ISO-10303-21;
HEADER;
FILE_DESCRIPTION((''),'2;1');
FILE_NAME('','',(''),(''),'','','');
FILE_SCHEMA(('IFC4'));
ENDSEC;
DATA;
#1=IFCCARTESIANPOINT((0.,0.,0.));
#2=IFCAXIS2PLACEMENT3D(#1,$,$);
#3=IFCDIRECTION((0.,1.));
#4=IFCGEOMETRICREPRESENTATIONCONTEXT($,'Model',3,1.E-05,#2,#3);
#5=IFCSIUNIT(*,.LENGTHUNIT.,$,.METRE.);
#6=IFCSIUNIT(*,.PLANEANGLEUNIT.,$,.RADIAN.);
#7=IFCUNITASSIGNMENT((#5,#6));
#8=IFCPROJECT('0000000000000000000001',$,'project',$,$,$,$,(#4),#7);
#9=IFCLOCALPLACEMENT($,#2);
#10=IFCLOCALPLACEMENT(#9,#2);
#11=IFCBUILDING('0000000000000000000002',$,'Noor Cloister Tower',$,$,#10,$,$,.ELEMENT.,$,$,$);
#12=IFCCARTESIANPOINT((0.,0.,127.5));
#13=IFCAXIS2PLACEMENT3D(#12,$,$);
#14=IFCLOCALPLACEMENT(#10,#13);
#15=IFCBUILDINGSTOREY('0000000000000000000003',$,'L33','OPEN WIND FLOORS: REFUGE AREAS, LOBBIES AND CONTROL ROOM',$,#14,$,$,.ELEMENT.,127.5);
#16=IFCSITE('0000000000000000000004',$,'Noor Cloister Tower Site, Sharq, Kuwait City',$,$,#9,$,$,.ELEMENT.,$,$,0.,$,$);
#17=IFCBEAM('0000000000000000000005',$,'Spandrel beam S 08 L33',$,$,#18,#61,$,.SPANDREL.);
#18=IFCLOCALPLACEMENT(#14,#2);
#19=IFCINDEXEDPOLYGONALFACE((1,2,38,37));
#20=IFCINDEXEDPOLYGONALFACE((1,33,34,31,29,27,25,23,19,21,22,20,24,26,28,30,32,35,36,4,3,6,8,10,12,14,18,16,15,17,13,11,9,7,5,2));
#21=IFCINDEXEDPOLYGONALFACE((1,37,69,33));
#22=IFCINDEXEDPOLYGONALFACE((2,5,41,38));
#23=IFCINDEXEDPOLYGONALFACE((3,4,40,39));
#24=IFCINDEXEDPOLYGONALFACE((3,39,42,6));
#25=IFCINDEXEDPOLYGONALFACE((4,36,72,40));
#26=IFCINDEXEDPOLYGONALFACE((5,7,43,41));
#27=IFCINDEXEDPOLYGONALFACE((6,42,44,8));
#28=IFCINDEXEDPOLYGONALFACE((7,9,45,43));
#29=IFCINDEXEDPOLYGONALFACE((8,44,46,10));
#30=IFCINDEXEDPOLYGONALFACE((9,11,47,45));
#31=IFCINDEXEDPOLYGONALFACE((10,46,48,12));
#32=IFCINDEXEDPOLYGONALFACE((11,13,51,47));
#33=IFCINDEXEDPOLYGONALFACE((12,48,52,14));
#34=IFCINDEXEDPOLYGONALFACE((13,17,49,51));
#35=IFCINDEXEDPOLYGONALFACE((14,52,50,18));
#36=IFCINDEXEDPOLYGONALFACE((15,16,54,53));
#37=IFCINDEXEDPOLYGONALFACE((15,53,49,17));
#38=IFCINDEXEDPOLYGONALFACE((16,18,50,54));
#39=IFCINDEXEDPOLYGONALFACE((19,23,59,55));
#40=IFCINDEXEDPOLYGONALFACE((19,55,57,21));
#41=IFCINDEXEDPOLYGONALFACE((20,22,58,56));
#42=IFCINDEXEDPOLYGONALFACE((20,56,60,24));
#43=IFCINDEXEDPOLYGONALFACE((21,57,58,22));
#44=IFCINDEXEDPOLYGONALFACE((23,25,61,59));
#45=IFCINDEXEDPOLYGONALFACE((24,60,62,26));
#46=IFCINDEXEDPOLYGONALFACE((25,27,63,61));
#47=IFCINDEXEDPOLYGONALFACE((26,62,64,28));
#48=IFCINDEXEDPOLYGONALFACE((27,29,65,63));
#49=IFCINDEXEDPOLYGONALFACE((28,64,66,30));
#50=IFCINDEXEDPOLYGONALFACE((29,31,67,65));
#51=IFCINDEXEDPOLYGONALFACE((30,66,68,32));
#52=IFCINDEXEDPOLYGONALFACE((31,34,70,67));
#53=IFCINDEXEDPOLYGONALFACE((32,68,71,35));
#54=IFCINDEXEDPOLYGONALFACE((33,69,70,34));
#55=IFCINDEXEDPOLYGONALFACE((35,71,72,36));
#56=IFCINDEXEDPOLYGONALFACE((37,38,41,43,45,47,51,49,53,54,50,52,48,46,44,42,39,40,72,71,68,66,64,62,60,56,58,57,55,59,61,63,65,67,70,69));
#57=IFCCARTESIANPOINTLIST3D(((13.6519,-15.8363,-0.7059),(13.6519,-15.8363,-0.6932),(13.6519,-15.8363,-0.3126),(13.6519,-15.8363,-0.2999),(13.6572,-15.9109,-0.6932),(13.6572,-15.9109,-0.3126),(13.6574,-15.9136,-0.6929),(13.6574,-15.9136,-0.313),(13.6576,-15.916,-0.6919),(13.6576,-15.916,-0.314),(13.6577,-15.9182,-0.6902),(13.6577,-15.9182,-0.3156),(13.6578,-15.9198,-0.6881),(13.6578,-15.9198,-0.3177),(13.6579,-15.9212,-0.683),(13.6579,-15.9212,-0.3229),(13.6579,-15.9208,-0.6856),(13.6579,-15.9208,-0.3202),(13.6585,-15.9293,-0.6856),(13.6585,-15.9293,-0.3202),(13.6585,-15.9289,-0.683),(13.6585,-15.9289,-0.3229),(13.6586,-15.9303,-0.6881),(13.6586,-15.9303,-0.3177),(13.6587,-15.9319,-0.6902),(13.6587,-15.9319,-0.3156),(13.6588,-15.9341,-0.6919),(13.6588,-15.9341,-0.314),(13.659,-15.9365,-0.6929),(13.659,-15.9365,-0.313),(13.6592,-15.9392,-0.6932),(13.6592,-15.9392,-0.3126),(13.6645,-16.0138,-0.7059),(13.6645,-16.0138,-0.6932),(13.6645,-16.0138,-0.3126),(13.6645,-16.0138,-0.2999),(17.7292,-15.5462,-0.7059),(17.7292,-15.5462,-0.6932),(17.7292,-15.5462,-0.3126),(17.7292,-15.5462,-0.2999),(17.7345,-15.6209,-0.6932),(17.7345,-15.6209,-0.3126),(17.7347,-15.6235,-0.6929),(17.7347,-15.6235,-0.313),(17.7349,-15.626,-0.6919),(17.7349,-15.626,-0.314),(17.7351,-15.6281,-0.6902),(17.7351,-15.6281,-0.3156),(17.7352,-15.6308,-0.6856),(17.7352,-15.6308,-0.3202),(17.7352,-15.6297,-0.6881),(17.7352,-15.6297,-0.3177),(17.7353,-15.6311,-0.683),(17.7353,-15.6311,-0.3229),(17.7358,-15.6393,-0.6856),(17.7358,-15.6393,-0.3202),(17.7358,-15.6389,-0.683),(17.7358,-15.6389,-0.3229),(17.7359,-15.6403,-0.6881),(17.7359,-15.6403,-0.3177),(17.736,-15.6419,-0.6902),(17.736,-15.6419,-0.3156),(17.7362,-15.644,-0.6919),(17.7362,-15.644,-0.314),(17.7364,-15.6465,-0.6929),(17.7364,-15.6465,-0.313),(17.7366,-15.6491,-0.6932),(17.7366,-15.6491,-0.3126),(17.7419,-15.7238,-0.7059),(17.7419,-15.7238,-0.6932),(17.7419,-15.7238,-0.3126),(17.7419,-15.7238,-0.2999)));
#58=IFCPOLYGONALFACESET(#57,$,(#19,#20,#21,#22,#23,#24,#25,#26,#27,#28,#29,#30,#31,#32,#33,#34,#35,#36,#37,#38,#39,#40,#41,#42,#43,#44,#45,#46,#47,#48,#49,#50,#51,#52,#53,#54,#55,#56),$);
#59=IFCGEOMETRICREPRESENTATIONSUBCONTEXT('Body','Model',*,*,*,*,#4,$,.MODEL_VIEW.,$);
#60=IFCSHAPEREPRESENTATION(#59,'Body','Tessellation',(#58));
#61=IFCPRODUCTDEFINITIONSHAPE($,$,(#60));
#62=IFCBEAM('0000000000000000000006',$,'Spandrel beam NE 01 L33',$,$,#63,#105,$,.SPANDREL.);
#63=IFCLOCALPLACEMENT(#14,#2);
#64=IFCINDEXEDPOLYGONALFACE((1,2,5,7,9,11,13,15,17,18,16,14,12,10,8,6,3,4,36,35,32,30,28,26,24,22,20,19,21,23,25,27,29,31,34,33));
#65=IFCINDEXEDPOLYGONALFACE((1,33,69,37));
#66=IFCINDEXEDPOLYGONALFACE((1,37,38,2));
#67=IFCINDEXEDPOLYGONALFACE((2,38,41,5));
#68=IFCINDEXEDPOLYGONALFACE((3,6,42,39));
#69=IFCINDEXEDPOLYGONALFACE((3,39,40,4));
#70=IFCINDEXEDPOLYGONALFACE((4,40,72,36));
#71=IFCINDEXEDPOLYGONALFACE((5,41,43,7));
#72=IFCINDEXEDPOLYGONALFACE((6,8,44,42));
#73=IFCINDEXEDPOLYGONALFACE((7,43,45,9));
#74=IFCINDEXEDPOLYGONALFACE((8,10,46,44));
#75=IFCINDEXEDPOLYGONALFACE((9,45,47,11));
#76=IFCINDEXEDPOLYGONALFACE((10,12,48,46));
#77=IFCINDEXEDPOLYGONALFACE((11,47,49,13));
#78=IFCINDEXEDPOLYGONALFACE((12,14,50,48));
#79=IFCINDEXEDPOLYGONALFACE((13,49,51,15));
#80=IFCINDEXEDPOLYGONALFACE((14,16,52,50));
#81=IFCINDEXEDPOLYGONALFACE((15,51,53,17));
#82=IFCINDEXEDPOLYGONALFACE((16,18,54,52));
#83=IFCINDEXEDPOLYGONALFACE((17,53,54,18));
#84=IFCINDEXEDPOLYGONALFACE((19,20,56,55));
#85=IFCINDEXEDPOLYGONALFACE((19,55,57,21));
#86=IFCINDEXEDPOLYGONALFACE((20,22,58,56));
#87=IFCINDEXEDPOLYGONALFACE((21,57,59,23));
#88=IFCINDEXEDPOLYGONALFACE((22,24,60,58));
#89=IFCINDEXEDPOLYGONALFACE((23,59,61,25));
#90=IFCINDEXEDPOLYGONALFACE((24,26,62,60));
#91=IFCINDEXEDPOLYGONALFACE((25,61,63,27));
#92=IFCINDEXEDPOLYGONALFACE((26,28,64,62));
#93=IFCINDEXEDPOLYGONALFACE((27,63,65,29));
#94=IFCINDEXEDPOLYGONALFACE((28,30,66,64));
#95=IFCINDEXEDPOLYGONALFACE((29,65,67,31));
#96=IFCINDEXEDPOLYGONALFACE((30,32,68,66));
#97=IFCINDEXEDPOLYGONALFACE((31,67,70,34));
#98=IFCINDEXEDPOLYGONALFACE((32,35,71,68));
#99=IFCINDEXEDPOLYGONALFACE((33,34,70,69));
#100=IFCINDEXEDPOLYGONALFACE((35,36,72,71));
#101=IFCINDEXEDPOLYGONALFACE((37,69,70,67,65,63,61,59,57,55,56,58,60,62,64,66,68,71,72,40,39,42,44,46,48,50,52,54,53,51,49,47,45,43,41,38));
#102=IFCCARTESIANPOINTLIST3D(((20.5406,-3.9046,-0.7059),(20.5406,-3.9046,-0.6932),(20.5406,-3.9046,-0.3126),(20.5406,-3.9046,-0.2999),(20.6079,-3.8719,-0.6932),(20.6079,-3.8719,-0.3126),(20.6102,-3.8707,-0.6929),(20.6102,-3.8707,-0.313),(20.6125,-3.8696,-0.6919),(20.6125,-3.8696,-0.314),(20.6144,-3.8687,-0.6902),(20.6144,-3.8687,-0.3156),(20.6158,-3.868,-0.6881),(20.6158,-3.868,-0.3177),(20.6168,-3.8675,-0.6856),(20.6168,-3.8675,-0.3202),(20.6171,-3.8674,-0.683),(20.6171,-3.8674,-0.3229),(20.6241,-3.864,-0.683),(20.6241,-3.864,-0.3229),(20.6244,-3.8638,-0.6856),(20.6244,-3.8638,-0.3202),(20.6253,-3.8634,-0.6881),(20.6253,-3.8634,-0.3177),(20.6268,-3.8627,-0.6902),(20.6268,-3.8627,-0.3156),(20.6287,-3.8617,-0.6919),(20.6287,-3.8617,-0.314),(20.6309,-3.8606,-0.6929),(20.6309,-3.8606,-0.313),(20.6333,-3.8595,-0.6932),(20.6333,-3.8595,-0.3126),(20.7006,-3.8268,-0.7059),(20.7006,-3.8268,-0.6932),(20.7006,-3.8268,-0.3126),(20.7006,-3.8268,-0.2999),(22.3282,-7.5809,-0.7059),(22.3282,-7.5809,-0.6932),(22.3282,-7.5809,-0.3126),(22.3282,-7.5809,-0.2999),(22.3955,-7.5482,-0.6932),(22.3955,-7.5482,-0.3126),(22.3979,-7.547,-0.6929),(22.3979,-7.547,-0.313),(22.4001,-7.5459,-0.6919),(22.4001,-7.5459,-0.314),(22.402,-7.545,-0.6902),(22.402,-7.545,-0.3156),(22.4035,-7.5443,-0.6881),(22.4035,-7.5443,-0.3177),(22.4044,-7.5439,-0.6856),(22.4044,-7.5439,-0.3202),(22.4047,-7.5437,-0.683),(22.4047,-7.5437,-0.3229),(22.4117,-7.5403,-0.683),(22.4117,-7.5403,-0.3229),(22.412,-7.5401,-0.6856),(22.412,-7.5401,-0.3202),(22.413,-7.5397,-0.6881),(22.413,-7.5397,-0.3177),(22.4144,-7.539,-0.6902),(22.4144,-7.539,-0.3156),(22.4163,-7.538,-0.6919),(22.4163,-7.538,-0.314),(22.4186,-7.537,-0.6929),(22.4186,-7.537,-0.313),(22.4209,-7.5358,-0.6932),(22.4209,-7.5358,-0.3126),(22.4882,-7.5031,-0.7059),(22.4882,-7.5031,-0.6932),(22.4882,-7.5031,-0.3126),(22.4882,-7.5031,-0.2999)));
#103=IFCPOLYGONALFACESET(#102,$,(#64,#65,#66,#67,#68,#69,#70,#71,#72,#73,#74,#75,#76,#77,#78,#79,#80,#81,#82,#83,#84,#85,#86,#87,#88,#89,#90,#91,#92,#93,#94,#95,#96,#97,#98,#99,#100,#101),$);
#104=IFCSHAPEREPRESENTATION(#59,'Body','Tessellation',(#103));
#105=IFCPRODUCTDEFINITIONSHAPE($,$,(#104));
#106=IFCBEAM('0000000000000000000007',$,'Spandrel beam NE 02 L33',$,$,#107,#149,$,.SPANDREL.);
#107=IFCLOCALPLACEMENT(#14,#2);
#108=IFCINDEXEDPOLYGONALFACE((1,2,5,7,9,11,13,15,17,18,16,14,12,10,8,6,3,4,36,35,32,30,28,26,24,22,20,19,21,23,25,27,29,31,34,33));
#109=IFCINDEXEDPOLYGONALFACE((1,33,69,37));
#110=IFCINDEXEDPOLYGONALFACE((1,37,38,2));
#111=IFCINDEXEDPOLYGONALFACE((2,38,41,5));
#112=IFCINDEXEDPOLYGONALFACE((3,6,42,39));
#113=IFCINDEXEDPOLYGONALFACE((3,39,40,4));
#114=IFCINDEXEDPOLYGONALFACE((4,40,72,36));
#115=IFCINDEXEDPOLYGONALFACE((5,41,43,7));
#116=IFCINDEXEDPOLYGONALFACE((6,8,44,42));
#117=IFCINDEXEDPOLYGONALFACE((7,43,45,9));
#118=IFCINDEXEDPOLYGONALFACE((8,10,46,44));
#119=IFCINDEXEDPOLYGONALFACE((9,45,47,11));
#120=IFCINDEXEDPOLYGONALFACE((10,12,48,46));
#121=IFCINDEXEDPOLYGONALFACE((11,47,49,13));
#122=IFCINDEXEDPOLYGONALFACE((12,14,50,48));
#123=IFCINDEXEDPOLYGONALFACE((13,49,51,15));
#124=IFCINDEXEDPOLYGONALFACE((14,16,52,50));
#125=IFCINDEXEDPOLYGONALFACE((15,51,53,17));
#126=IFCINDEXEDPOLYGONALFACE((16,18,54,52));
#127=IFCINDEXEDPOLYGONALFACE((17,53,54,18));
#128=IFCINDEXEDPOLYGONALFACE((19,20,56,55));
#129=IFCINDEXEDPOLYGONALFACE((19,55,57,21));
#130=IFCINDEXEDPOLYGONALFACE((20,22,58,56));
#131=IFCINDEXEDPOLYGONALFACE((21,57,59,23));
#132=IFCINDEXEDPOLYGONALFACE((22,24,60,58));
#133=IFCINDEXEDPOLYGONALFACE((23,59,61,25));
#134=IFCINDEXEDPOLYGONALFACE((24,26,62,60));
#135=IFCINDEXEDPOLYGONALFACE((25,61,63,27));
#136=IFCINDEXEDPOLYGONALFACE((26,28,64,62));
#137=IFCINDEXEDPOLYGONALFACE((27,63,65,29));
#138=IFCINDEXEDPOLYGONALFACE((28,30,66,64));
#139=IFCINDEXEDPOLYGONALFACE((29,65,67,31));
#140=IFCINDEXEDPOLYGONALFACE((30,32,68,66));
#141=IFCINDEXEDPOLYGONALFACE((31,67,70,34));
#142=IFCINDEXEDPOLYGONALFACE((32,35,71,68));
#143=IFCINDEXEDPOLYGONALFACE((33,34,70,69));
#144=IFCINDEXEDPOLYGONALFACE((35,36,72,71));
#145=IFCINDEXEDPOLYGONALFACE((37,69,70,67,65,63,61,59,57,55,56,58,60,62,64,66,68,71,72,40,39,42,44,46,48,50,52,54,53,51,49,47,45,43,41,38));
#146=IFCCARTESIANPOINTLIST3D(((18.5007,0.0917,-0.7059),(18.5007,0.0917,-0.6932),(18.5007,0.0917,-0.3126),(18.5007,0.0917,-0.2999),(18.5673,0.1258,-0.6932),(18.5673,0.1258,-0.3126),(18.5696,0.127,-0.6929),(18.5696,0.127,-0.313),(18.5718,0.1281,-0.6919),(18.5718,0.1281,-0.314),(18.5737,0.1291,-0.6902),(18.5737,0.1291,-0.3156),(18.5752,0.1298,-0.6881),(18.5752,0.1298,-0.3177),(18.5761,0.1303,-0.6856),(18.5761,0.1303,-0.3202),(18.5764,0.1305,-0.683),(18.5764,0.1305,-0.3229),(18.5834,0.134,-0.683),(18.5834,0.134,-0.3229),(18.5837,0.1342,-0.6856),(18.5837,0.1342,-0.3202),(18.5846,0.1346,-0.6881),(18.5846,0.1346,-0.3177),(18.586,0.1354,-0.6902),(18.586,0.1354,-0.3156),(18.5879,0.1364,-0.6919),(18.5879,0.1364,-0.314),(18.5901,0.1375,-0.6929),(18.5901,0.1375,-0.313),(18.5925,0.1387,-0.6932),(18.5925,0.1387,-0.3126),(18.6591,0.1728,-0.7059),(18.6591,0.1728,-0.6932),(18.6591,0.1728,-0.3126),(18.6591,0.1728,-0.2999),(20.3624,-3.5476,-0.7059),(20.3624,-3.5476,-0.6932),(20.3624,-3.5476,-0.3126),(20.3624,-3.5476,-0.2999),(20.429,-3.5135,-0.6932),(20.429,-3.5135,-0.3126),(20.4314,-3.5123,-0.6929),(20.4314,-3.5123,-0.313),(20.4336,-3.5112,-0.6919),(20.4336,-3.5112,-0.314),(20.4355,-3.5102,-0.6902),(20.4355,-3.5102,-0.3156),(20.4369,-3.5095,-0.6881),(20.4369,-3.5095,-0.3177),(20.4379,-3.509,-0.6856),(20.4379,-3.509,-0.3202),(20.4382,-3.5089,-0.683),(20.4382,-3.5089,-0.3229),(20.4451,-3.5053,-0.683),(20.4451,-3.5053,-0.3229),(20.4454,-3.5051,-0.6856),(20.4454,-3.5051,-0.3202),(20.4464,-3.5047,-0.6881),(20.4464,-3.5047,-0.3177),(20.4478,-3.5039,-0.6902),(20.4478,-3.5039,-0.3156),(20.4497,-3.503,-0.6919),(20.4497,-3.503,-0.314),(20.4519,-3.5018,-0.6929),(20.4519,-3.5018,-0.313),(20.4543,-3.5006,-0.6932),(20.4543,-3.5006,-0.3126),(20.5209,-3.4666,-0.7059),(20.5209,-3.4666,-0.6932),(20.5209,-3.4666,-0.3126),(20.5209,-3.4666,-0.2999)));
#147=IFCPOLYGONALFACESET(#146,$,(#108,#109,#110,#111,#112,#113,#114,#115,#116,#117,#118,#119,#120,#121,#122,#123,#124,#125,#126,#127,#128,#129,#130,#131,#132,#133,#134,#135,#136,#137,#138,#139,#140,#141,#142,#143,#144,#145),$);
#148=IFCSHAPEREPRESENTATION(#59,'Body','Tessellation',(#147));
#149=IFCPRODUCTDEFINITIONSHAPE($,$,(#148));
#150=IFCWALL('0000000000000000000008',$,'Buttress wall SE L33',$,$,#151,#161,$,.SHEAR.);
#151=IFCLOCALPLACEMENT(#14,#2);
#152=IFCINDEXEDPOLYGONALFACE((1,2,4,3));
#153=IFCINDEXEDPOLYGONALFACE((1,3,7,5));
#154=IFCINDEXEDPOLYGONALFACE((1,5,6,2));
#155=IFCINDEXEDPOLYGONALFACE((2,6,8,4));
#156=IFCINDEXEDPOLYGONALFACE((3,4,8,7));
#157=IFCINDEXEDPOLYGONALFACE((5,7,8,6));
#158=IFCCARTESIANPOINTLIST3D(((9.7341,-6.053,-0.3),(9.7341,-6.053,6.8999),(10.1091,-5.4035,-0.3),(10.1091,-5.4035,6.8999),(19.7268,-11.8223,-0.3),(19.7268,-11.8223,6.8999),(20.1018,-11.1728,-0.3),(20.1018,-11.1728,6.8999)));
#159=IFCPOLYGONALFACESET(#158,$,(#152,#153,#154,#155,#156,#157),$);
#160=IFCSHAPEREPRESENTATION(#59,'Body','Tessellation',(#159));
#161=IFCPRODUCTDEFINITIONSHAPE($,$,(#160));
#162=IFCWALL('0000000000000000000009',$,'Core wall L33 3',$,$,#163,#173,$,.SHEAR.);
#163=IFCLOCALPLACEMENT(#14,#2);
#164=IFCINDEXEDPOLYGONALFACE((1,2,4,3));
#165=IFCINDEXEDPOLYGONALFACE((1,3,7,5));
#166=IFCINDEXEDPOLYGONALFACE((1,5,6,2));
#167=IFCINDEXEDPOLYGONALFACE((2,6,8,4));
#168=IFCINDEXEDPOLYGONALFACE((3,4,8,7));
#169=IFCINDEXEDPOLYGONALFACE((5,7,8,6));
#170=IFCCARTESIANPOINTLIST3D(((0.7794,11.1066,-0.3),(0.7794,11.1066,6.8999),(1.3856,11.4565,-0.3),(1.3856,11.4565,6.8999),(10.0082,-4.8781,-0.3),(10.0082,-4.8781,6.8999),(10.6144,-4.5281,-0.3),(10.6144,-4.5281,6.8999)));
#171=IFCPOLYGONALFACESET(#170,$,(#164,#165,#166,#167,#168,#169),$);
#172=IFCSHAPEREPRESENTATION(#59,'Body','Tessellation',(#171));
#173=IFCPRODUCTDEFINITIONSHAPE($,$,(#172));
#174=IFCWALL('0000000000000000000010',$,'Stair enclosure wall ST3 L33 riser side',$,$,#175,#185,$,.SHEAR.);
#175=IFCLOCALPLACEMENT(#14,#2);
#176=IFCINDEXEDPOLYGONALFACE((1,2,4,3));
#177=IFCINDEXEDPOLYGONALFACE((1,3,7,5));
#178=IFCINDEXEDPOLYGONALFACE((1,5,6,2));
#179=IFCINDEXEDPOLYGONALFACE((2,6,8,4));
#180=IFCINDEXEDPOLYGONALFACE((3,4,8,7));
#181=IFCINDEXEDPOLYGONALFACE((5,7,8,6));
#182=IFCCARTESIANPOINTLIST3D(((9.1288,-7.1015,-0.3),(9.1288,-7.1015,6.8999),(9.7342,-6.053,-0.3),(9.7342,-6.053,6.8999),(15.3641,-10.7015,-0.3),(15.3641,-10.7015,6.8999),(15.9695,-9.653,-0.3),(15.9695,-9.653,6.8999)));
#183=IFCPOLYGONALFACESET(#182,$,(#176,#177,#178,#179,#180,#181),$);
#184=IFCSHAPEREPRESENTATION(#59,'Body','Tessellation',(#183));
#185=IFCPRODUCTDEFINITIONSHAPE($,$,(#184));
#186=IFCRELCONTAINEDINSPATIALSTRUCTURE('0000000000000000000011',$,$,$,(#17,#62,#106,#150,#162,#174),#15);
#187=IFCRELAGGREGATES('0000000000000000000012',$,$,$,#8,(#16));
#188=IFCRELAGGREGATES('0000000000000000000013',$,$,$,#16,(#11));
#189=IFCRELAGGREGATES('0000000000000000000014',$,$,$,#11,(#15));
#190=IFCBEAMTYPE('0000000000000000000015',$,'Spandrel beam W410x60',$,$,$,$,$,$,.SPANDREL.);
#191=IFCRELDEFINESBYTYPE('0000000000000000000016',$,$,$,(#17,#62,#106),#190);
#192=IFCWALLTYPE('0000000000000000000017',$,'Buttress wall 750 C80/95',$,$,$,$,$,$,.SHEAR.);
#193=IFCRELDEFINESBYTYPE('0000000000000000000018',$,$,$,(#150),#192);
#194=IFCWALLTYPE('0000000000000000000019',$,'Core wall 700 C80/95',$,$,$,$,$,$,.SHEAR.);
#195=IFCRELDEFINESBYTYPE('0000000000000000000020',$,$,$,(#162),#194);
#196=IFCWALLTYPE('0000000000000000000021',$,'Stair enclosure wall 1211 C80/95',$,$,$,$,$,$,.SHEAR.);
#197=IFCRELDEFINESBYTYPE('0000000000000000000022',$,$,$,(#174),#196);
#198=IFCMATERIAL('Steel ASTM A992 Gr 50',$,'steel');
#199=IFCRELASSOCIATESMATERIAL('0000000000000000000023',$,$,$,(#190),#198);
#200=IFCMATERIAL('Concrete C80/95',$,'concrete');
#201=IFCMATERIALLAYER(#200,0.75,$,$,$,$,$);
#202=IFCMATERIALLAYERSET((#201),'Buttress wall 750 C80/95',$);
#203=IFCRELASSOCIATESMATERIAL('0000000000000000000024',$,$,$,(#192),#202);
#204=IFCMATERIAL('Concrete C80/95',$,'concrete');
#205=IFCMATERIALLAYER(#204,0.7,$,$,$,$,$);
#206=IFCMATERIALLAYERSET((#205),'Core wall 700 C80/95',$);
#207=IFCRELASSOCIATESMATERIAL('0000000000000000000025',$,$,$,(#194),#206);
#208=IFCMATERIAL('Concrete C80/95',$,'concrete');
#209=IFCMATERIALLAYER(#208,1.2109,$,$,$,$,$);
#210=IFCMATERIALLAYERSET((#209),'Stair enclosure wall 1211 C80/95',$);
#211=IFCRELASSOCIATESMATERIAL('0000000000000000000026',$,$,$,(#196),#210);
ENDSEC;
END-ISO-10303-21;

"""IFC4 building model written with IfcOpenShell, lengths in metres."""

from ifc_helpers import new_model, si_unit, direction, frame, frame_2d, origin, origin_2d, place, context, subcontext, project, spatial, rectangle, i_section, extrude, material, layer, layer_set, material_profile, profile_set, type_object, element, save


model = new_model("IFC4")

# Units and contexts
model_context = context("Model", 3, precision=1e-05, world=origin(), true_north=direction((0.0, 1.0)))
body_context = subcontext(model_context, "Body", "Model", "MODEL_VIEW")
ifc_project = project(units=[si_unit("LENGTHUNIT", "METRE"), si_unit("PLANEANGLEUNIT", "RADIAN")], contexts=[model_context])

# Site, building, storey
site_placement = place(None, origin())
site = spatial("IfcSite", under=ifc_project, at=site_placement, Name="Noor Cloister Tower Site, Sharq, Kuwait City", CompositionType="ELEMENT", RefElevation=0.0)
building_placement = place(site_placement, origin())
building = spatial("IfcBuilding", under=site, at=building_placement, Name="Noor Cloister Tower", CompositionType="ELEMENT")
storey_placement = place(building_placement, frame((0.0, 0.0, 127.5)))
storey = spatial("IfcBuildingStorey", under=building, at=storey_placement, Name="L33", Description="OPEN WIND FLOORS: REFUGE AREAS, LOBBIES AND CONTROL ROOM", CompositionType="ELEMENT", Elevation=127.5)

# Beams
ifc_material_1 = material(Name="Steel ASTM A992 Gr 50", Category="steel")
ifc_material_profile_1 = material_profile(ifc_material_1, i_section(OverallWidth=0.178, OverallDepth=0.406, WebThickness=0.0078, FlangeThickness=0.0127, FilletRadius=0.0103, at=origin_2d()), Name="W410x60")
ifc_profile_set_1 = profile_set([ifc_material_profile_1], Name="Steel ASTM A992 Gr 50")
beam_type_1 = type_object("IfcBeamType", Name="Spandrel beam W410x60", PredefinedType="SPANDREL", material=ifc_profile_set_1)
beam_1_placement = place(storey_placement, frame((13.6582, -15.925, -0.5029), z_axis=(0.99748, 0.070954, 0.0), x_axis=(-0.070954, 0.99748, 0.0)))
element("IfcBeam", 1, at=beam_1_placement, inside=storey, type_object=beam_type_1, Name="Spandrel beam S 08 L33", PredefinedType="SPANDREL", context=body_context, shape_type="SweptSolid", body=[
    extrude(i_section(OverallWidth=0.178, OverallDepth=0.406, WebThickness=0.0078, FlangeThickness=0.0127, FilletRadius=0.0103, at=origin_2d()), origin(), (0.0, 0.0, 1.0), 4.0876),
])
for number, where, z_axis, x_axis, name in (
    (2, (22.4082, -7.542, -0.5029), (-0.437296, 0.899318, 0.0), (-0.899318, -0.437296, 0.0), "Spandrel beam NE 01 L33"),
    (3, (20.4417, -3.5071, -0.5029), (-0.455436, 0.890268, 0.0), (-0.890268, -0.455436, 0.0), "Spandrel beam NE 02 L33"),
):
    element("IfcBeam", number, at=place(storey_placement, frame(where, z_axis=z_axis, x_axis=x_axis)), inside=storey, type_object=beam_type_1, Name=name, PredefinedType="SPANDREL", context=body_context, shape_type="SweptSolid", body=[
        extrude(i_section(OverallWidth=0.178, OverallDepth=0.406, WebThickness=0.0078, FlangeThickness=0.0127, FilletRadius=0.0103, at=origin_2d()), origin(), (0.0, 0.0, 1.0), 4.0879),
    ])

# Walls
ifc_material_2 = material(Name="Concrete C80/95", Category="concrete")
ifc_layer_1 = layer(ifc_material_2, 0.75)
ifc_layer_set_1 = layer_set([ifc_layer_1], Name="Buttress wall 750 C80/95")
wall_type_1 = type_object("IfcWallType", Name="Buttress wall 750 C80/95", PredefinedType="SHEAR", material=ifc_layer_set_1)
wall_1_placement = place(storey_placement, frame((9.9216, -5.7283, -0.3), z_axis=(0.0, 0.0, 1.0), x_axis=(0.866025, -0.500001, 0.0)))
element("IfcWall", 4, at=wall_1_placement, inside=storey, type_object=wall_type_1, Name="Buttress wall SE L33", PredefinedType="SHEAR", context=body_context, shape_type="SweptSolid", body=[
    extrude(rectangle(XDim=11.5386, YDim=0.75, at=frame_2d((5.7693, 0.0))), origin(), (0.0, 0.0, 1.0), 7.2),
])
ifc_material_3 = material(Name="Concrete C80/95", Category="concrete")
ifc_layer_2 = layer(ifc_material_3, 0.7)
ifc_layer_set_2 = layer_set([ifc_layer_2], Name="Core wall 700 C80/95")
wall_type_2 = type_object("IfcWallType", Name="Core wall 700 C80/95", PredefinedType="SHEAR", material=ifc_layer_set_2)
wall_2_placement = place(storey_placement, frame((10.3113, -4.7031, -0.3), z_axis=(0.0, 0.0, 1.0), x_axis=(-0.500001, 0.866025, 0.0)))
element("IfcWall", 5, at=wall_2_placement, inside=storey, type_object=wall_type_2, Name="Core wall L33 3", PredefinedType="SHEAR", context=body_context, shape_type="SweptSolid", body=[
    extrude(rectangle(XDim=18.4575, YDim=0.7, at=frame_2d((9.2288, 0.0))), origin(), (0.0, 0.0, 1.0), 7.2),
])
ifc_material_4 = material(Name="Concrete C80/95", Category="concrete")
ifc_layer_3 = layer(ifc_material_4, 1.2109)
ifc_layer_set_3 = layer_set([ifc_layer_3], Name="Stair enclosure wall 1211 C80/95")
wall_type_3 = type_object("IfcWallType", Name="Stair enclosure wall 1211 C80/95", PredefinedType="SHEAR", material=ifc_layer_set_3)
wall_3_placement = place(storey_placement, frame((9.4314, -6.5771, -0.3), z_axis=(0.0, 0.0, 1.0), x_axis=(0.866018, -0.500012, 0.0)))
element("IfcWall", 6, at=wall_3_placement, inside=storey, type_object=wall_type_3, Name="Stair enclosure wall ST3 L33 riser side", PredefinedType="SHEAR", context=body_context, shape_type="SweptSolid", body=[
    extrude(rectangle(XDim=7.2, YDim=1.2107, at=frame_2d((3.6001, 0.0))), origin(), (0.0, 0.0, 1.0), 7.2),
])

save(model, "model.ifc")
